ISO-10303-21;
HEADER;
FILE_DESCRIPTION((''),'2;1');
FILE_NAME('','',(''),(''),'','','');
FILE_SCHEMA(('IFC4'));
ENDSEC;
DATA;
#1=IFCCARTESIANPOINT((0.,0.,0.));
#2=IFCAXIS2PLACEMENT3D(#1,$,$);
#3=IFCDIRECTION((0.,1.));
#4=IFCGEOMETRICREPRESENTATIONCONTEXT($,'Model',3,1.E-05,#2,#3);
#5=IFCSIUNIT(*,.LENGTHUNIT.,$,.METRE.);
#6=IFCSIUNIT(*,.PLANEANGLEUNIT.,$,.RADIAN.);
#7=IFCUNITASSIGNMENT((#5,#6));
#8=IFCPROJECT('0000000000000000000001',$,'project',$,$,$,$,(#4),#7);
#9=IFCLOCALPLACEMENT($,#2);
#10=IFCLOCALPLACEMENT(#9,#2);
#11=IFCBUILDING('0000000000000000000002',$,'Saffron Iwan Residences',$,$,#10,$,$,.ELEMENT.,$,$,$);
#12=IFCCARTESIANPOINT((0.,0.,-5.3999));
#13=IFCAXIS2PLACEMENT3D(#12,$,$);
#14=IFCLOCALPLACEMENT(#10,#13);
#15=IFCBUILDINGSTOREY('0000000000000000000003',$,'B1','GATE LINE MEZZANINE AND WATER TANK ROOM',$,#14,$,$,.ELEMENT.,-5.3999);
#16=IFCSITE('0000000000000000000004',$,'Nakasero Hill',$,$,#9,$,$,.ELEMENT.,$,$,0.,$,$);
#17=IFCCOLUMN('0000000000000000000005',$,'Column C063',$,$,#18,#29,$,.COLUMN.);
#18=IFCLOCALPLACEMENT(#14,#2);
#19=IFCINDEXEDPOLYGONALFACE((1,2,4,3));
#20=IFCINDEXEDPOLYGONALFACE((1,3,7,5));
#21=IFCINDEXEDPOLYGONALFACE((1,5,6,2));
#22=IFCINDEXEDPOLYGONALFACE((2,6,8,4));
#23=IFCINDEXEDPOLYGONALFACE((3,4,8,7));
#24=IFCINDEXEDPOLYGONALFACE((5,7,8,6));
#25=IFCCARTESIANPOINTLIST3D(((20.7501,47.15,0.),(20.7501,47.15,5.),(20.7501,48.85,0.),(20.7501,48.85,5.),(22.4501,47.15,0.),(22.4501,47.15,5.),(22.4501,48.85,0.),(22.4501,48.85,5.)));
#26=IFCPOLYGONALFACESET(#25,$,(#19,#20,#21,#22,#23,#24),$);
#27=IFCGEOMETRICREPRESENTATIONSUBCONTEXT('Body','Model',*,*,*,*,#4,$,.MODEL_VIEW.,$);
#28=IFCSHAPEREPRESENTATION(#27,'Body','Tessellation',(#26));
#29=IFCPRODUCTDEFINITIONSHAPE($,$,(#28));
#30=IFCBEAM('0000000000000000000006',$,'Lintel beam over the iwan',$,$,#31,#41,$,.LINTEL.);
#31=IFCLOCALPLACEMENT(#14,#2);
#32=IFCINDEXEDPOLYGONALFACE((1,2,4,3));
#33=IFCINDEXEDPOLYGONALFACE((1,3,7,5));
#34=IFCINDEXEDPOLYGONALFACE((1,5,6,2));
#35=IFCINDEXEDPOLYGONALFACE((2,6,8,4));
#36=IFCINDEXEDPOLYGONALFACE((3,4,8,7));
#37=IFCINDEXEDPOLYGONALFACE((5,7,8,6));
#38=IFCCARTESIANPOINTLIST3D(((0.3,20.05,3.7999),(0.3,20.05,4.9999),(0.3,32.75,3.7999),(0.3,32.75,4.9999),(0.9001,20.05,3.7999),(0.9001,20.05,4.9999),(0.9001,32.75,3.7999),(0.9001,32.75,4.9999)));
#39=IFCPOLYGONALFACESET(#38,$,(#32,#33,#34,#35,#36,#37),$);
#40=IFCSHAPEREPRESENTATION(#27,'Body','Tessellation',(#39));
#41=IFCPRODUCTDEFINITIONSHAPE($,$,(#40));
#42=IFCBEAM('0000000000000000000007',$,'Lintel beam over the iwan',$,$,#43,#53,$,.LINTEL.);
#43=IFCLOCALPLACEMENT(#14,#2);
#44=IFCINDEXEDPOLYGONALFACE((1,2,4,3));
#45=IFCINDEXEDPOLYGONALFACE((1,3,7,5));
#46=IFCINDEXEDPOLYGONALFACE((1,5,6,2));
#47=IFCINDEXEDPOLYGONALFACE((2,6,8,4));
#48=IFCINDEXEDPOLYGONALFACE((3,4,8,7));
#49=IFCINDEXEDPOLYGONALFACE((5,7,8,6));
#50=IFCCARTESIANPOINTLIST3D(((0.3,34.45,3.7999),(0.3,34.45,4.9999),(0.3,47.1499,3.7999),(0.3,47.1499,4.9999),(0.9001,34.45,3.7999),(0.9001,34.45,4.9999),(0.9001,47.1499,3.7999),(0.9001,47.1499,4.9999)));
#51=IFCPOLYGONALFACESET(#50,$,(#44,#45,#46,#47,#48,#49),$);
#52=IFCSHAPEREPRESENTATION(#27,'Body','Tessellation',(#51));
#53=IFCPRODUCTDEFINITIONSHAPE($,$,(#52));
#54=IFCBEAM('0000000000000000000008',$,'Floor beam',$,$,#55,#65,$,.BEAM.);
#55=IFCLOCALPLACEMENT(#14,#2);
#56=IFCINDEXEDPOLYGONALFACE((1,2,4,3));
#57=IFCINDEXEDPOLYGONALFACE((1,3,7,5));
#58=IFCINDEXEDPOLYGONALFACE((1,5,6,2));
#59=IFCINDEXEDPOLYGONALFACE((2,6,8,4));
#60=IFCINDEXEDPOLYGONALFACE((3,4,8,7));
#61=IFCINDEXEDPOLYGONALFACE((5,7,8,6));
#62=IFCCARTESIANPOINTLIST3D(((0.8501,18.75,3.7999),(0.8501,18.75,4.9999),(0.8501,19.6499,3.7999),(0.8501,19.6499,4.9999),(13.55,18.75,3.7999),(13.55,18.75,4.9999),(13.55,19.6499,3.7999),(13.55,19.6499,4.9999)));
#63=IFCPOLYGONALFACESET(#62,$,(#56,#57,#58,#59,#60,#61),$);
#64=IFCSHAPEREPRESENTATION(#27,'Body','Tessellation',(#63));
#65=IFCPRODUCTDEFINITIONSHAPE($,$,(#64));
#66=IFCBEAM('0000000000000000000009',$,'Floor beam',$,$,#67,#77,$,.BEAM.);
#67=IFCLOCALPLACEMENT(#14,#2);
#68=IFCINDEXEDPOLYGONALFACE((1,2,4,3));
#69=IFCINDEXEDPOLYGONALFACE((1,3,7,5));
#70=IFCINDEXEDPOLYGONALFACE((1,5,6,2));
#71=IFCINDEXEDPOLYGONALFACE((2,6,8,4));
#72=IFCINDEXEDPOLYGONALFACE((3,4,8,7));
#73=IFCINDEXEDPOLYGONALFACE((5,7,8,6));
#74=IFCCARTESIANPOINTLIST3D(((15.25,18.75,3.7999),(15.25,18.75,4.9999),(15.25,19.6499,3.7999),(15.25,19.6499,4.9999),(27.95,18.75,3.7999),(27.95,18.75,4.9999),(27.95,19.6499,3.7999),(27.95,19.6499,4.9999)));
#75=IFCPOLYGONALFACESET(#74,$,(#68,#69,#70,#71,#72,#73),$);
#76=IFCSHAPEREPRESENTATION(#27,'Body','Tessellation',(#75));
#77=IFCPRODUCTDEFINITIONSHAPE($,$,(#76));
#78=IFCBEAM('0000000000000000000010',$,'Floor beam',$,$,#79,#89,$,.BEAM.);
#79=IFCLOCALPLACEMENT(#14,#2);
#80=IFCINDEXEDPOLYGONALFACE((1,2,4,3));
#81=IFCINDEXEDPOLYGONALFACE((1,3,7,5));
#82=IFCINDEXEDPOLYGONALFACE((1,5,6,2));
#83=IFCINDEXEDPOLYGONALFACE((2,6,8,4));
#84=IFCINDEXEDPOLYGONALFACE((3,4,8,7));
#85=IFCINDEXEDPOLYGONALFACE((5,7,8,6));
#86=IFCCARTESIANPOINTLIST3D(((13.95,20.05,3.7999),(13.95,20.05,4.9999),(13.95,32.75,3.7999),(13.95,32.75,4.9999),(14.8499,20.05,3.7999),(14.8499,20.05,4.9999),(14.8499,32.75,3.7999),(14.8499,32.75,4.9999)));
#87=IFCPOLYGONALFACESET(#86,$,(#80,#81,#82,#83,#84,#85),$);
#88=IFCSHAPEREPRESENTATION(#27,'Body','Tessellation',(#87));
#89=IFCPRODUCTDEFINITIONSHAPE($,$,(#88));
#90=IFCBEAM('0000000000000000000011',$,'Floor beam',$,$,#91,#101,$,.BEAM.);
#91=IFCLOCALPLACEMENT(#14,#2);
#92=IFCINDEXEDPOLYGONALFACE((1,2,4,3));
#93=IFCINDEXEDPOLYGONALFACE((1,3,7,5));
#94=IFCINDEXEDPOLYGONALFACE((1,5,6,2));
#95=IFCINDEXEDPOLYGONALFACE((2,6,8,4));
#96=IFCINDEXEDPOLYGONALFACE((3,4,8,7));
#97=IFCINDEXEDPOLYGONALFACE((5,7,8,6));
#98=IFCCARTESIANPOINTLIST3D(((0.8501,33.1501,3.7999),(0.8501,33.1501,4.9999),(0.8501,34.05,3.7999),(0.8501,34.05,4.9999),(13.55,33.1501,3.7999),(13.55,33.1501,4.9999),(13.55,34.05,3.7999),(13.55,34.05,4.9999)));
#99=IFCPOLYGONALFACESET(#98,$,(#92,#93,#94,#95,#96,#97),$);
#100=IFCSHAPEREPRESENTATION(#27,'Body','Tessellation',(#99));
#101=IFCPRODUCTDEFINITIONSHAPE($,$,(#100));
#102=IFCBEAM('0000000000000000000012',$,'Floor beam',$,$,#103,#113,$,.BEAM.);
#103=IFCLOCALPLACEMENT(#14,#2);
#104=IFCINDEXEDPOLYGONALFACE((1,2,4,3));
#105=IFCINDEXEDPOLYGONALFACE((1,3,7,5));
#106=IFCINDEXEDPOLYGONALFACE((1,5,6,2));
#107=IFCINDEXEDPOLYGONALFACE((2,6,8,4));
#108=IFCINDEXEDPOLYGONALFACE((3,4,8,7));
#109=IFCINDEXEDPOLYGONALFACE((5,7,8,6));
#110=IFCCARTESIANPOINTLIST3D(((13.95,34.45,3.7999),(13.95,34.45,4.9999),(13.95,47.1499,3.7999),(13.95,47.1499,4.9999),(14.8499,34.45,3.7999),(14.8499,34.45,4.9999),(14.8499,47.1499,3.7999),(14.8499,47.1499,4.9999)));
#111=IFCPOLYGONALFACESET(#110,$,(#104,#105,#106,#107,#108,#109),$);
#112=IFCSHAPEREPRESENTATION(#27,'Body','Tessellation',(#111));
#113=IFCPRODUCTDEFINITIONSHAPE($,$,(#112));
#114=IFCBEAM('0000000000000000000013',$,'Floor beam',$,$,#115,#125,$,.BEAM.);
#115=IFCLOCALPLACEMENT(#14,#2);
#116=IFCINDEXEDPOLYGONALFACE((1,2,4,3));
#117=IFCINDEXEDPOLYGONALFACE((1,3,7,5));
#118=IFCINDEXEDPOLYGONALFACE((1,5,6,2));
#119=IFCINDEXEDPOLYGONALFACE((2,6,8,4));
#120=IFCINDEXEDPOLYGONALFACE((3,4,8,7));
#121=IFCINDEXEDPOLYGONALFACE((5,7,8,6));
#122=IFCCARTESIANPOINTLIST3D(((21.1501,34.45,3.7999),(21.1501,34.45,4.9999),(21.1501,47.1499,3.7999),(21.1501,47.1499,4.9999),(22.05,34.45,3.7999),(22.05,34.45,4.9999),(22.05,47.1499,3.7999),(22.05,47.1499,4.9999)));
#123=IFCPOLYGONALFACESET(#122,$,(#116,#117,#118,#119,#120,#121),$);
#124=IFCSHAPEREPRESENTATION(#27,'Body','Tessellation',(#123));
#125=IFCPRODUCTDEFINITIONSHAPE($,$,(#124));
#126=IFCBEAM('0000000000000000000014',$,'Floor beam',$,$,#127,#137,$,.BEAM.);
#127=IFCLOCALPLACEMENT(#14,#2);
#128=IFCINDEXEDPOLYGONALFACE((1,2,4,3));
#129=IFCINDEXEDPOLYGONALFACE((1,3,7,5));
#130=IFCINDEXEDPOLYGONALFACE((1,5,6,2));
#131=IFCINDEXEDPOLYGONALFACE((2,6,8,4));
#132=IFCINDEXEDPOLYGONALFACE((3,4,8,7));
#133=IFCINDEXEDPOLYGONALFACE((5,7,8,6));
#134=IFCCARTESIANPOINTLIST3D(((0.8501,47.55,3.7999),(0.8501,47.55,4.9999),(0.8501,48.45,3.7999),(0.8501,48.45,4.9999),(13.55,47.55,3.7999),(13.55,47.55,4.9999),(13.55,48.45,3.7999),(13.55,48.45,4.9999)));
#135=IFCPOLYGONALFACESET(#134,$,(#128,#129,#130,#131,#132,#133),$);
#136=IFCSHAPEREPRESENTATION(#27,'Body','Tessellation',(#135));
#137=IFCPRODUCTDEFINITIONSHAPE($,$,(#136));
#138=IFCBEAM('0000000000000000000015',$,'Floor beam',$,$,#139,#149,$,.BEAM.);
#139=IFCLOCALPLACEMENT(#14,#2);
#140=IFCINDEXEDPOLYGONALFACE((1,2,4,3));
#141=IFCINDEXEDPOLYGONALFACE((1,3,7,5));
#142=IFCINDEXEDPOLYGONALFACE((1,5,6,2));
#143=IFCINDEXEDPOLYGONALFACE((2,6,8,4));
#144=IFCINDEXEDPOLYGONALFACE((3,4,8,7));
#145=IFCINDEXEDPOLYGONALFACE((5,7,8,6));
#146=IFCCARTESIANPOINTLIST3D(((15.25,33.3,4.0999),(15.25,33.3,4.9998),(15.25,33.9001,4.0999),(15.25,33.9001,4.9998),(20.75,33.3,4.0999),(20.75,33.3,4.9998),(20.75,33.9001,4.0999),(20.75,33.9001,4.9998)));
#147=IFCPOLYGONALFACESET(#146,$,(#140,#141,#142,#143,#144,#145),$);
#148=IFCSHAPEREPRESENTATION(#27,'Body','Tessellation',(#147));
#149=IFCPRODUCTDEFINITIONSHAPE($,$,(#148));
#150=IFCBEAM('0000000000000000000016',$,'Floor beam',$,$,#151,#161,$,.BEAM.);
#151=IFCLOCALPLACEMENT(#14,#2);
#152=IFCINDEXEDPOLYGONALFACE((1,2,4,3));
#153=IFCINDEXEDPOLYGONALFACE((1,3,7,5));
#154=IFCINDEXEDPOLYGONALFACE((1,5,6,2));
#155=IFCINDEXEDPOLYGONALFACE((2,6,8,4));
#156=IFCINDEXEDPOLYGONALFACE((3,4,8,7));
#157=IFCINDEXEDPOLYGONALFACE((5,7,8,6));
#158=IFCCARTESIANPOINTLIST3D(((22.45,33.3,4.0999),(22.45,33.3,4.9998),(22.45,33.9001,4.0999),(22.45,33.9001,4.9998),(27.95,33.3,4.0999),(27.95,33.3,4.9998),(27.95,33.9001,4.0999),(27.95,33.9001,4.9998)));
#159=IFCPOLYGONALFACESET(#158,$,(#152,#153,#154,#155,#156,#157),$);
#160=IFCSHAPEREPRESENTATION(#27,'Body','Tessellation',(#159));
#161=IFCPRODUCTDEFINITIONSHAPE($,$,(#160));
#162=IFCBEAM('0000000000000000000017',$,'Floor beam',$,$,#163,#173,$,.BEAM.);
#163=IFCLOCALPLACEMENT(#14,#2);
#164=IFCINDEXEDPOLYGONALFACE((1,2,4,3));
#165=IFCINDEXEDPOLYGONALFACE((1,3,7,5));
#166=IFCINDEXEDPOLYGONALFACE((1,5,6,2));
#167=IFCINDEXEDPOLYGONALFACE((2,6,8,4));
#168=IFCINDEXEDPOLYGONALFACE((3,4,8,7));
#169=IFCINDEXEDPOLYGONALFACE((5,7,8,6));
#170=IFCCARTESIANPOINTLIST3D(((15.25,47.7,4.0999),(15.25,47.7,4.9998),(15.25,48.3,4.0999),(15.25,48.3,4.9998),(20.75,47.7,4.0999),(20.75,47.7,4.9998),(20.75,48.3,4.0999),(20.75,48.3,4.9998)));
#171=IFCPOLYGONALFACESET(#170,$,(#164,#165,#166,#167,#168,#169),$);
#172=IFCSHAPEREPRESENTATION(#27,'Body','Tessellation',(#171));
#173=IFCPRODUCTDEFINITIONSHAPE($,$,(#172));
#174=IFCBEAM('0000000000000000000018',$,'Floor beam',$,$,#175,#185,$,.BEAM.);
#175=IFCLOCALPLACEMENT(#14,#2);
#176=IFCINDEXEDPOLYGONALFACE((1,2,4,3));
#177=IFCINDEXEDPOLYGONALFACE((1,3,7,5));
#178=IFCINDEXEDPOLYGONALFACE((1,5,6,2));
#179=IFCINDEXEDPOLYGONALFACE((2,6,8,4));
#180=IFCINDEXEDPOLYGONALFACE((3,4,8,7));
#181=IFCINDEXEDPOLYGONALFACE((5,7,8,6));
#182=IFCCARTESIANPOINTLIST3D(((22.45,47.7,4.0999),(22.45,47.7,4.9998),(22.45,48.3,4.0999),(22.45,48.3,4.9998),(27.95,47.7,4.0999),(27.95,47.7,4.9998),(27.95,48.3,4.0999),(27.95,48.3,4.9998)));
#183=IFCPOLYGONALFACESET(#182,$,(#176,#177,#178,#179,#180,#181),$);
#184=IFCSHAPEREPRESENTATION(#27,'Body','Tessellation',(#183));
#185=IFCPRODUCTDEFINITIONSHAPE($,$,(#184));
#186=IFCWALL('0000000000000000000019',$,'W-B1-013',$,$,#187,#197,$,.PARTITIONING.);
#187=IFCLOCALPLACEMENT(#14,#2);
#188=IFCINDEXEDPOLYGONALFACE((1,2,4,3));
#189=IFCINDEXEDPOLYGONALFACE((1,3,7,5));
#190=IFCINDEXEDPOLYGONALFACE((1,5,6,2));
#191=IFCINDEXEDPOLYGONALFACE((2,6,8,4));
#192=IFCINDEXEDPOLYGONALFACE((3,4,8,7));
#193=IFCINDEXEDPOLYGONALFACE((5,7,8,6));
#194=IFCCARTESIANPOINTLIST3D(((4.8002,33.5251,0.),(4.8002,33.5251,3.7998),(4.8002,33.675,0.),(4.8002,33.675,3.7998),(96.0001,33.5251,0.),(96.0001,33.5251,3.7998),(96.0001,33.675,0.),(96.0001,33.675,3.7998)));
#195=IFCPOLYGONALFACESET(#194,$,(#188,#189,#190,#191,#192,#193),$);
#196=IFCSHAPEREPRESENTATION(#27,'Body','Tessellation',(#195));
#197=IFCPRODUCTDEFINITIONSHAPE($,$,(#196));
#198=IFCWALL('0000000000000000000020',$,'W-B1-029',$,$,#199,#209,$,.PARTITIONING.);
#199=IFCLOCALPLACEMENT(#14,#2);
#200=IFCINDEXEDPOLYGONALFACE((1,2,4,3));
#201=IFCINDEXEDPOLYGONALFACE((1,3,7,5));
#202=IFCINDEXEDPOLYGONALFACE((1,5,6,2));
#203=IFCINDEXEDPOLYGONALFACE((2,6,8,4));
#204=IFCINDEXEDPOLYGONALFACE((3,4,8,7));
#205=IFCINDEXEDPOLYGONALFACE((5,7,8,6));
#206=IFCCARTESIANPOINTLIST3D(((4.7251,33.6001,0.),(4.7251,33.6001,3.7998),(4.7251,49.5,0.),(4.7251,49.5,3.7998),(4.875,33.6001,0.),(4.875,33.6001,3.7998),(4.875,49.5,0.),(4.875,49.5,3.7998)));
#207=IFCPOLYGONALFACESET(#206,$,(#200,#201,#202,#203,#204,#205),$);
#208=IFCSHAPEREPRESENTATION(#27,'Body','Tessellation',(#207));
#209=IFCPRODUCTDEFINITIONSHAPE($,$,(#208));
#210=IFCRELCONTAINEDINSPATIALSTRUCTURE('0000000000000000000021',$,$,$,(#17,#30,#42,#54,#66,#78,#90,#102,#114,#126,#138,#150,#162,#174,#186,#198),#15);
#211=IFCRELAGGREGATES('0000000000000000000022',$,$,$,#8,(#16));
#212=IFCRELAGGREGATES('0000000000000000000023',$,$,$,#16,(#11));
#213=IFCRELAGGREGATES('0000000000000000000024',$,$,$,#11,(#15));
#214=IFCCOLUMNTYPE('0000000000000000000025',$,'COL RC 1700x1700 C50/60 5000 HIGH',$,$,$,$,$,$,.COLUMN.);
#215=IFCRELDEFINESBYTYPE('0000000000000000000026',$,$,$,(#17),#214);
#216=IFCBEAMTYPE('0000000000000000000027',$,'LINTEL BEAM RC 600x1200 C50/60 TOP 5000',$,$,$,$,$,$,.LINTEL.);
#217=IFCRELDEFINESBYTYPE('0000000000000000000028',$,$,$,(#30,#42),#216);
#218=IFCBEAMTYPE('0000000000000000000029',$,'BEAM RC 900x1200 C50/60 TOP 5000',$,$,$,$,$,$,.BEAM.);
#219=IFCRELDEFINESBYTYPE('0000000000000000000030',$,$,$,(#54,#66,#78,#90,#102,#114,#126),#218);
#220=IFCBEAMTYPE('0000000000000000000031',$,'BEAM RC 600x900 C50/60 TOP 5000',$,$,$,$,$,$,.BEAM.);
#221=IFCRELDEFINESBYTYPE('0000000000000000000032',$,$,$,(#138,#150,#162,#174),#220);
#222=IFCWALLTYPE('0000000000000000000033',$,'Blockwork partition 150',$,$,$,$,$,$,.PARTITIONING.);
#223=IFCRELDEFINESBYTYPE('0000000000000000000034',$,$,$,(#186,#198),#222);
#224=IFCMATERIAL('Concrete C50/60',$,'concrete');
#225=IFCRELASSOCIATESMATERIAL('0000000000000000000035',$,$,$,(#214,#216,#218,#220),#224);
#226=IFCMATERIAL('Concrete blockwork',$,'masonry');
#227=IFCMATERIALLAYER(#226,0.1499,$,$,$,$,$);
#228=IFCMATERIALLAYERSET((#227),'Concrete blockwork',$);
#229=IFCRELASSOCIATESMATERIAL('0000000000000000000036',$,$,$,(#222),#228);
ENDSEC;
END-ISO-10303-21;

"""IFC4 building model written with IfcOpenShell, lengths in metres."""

from ifc_helpers import new_model, si_unit, direction, frame, frame_2d, origin, origin_2d, place, context, subcontext, project, spatial, rectangle, extrude, source, transform, mapped, material, layer, layer_set, material_profile, profile_set, type_object, element, save


model = new_model("IFC4")

# Units and contexts
model_context = context("Model", 3, precision=1e-05, world=origin(), true_north=direction((0.0, 1.0)))
body_context = subcontext(model_context, "Body", "Model", "MODEL_VIEW")
ifc_project = project(units=[si_unit("LENGTHUNIT", "METRE"), si_unit("PLANEANGLEUNIT", "RADIAN")], contexts=[model_context])

# Site, building, storey
site_placement = place(None, origin())
site = spatial("IfcSite", under=ifc_project, at=site_placement, Name="Nakasero Hill", CompositionType="ELEMENT", RefElevation=0.0)
building_placement = place(site_placement, origin())
building = spatial("IfcBuilding", under=site, at=building_placement, Name="Saffron Iwan Residences", CompositionType="ELEMENT")
storey_placement = place(building_placement, frame((0.0, 0.0, -5.3999)))
storey = spatial("IfcBuildingStorey", under=building, at=storey_placement, Name="B1", Description="GATE LINE MEZZANINE AND WATER TANK ROOM", CompositionType="ELEMENT", Elevation=-5.3999)

# Column
ifc_material_1 = material(Name="Concrete C50/60", Category="concrete")
ifc_material_profile_1 = material_profile(ifc_material_1, rectangle(XDim=1.7, YDim=1.7, at=origin_2d()), Name="RC 1700x1700")
ifc_profile_set_1 = profile_set([ifc_material_profile_1], Name="Concrete C50/60")
column_type = type_object("IfcColumnType", Name="COL RC 1700x1700 C50/60 5000 HIGH", PredefinedType="COLUMN", material=ifc_profile_set_1)
shared_shape_1 = source(origin(), body_context, "Body", "SweptSolid", [
    extrude(rectangle(XDim=1.7, YDim=1.7, at=origin_2d()), origin(), (0.0, 0.0, 1.0), 5.0),
])
for number, where, z_axis, x_axis, name in (
    (1, (21.6001, 48.0, 0.0), (0.0, 0.0, 1.0), (1.0, 0.0, 0.0), "Column C063"),
):
    element("IfcColumn", number, at=place(storey_placement, frame(where, z_axis=z_axis, x_axis=x_axis)), inside=storey, type_object=column_type, Name=name, PredefinedType="COLUMN", context=body_context, shape_type="MappedRepresentation", body=[
        mapped(shared_shape_1, transform((0.0, 0.0, 0.0))),
    ])

# Beams
ifc_material_profile_2 = material_profile(ifc_material_1, rectangle(XDim=0.6001, YDim=1.2, at=origin_2d()), Name="RC 600x1200")
ifc_profile_set_2 = profile_set([ifc_material_profile_2], Name="Concrete C50/60")
beam_type_1 = type_object("IfcBeamType", Name="LINTEL BEAM RC 600x1200 C50/60 TOP 5000", PredefinedType="LINTEL", material=ifc_profile_set_2)
shared_shape_2 = source(origin(), body_context, "Body", "SweptSolid", [
    extrude(rectangle(XDim=0.6001, YDim=1.2, at=origin_2d()), origin(), (0.0, 0.0, 1.0), 12.7),
])
for number, where, z_axis, x_axis, name in (
    (2, (0.6001, 20.05, 4.3999), (0.0, 1.0, 0.0), (-1.0, 0.0, 0.0), "Lintel beam over the iwan"),
    (3, (0.6001, 34.45, 4.3999), (0.0, 1.0, 0.0), (-1.0, 0.0, 0.0), "Lintel beam over the iwan"),
):
    element("IfcBeam", number, at=place(storey_placement, frame(where, z_axis=z_axis, x_axis=x_axis)), inside=storey, type_object=beam_type_1, Name=name, PredefinedType="LINTEL", context=body_context, shape_type="MappedRepresentation", body=[
        mapped(shared_shape_2, transform((0.0, 0.0, 0.0))),
    ])
ifc_material_profile_3 = material_profile(ifc_material_1, rectangle(XDim=0.8999, YDim=1.2, at=origin_2d()), Name="RC 900x1200")
ifc_profile_set_3 = profile_set([ifc_material_profile_3], Name="Concrete C50/60")
beam_type_2 = type_object("IfcBeamType", Name="BEAM RC 900x1200 C50/60 TOP 5000", PredefinedType="BEAM", material=ifc_profile_set_3)
shared_shape_3 = source(origin(), body_context, "Body", "SweptSolid", [
    extrude(rectangle(XDim=0.8999, YDim=1.2, at=origin_2d()), origin(), (0.0, 0.0, 1.0), 12.7),
])
for number, where, z_axis, x_axis, name in (
    (4, (0.8501, 19.2, 4.3999), (1.0, 0.0, 0.0), (0.0, 1.0, 0.0), "Floor beam"),
    (5, (15.25, 19.2, 4.3999), (1.0, 0.0, 0.0), (0.0, 1.0, 0.0), "Floor beam"),
    (6, (14.3999, 20.05, 4.3999), (0.0, 1.0, 0.0), (-1.0, 0.0, 0.0), "Floor beam"),
    (7, (0.8501, 33.6001, 4.3999), (1.0, 0.0, 0.0), (0.0, 1.0, 0.0), "Floor beam"),
    (8, (14.3999, 34.45, 4.3999), (0.0, 1.0, 0.0), (-1.0, 0.0, 0.0), "Floor beam"),
    (9, (21.6001, 34.45, 4.3999), (0.0, 1.0, 0.0), (-1.0, 0.0, 0.0), "Floor beam"),
    (10, (0.8501, 48.0, 4.3999), (1.0, 0.0, 0.0), (0.0, 1.0, 0.0), "Floor beam"),
):
    element("IfcBeam", number, at=place(storey_placement, frame(where, z_axis=z_axis, x_axis=x_axis)), inside=storey, type_object=beam_type_2, Name=name, PredefinedType="BEAM", context=body_context, shape_type="MappedRepresentation", body=[
        mapped(shared_shape_3, transform((0.0, 0.0, 0.0))),
    ])
ifc_material_profile_4 = material_profile(ifc_material_1, rectangle(XDim=0.6001, YDim=0.8999, at=origin_2d()), Name="RC 600x900")
ifc_profile_set_4 = profile_set([ifc_material_profile_4], Name="Concrete C50/60")
beam_type_3 = type_object("IfcBeamType", Name="BEAM RC 600x900 C50/60 TOP 5000", PredefinedType="BEAM", material=ifc_profile_set_4)
shared_shape_4 = source(origin(), body_context, "Body", "SweptSolid", [
    extrude(rectangle(XDim=0.6001, YDim=0.8999, at=origin_2d()), origin(), (0.0, 0.0, 1.0), 5.5),
])
for number, where, z_axis, x_axis, name in (
    (11, (15.25, 33.6001, 4.5498), (1.0, 0.0, 0.0), (0.0, 1.0, 0.0), "Floor beam"),
    (12, (22.45, 33.6001, 4.5498), (1.0, 0.0, 0.0), (0.0, 1.0, 0.0), "Floor beam"),
    (13, (15.25, 48.0, 4.5498), (1.0, 0.0, 0.0), (0.0, 1.0, 0.0), "Floor beam"),
    (14, (22.45, 48.0, 4.5498), (1.0, 0.0, 0.0), (0.0, 1.0, 0.0), "Floor beam"),
):
    element("IfcBeam", number, at=place(storey_placement, frame(where, z_axis=z_axis, x_axis=x_axis)), inside=storey, type_object=beam_type_3, Name=name, PredefinedType="BEAM", context=body_context, shape_type="MappedRepresentation", body=[
        mapped(shared_shape_4, transform((0.0, 0.0, 0.0))),
    ])

# Walls
ifc_material_2 = material(Name="Concrete blockwork", Category="masonry")
ifc_layer_1 = layer(ifc_material_2, 0.1499)
ifc_layer_set_1 = layer_set([ifc_layer_1], Name="Concrete blockwork")
wall_type_1 = type_object("IfcWallType", Name="Blockwork partition 150", PredefinedType="PARTITIONING", material=ifc_layer_set_1)
wall_1_placement = place(storey_placement, frame((4.8, 33.6001, 0.0), z_axis=(0.0, 0.0, 1.0), x_axis=(1.0, 0.0, 0.0)))
element("IfcWall", 15, at=wall_1_placement, inside=storey, type_object=wall_type_1, Name="W-B1-013", PredefinedType="PARTITIONING", context=body_context, shape_type="SweptSolid", body=[
    extrude(rectangle(XDim=91.2, YDim=0.1499, at=frame_2d((45.6001, 0.0))), origin(), (0.0, 0.0, 1.0), 3.7998),
])
wall_2_placement = place(storey_placement, frame((4.8, 33.6001, 0.0), z_axis=(0.0, 0.0, 1.0), x_axis=(0.0, 1.0, 0.0)))
element("IfcWall", 16, at=wall_2_placement, inside=storey, type_object=wall_type_1, Name="W-B1-029", PredefinedType="PARTITIONING", context=body_context, shape_type="SweptSolid", body=[
    extrude(rectangle(XDim=15.8999, YDim=0.1499, at=frame_2d((7.95, 0.0))), origin(), (0.0, 0.0, 1.0), 3.7998),
])

save(model, "model.ifc")
